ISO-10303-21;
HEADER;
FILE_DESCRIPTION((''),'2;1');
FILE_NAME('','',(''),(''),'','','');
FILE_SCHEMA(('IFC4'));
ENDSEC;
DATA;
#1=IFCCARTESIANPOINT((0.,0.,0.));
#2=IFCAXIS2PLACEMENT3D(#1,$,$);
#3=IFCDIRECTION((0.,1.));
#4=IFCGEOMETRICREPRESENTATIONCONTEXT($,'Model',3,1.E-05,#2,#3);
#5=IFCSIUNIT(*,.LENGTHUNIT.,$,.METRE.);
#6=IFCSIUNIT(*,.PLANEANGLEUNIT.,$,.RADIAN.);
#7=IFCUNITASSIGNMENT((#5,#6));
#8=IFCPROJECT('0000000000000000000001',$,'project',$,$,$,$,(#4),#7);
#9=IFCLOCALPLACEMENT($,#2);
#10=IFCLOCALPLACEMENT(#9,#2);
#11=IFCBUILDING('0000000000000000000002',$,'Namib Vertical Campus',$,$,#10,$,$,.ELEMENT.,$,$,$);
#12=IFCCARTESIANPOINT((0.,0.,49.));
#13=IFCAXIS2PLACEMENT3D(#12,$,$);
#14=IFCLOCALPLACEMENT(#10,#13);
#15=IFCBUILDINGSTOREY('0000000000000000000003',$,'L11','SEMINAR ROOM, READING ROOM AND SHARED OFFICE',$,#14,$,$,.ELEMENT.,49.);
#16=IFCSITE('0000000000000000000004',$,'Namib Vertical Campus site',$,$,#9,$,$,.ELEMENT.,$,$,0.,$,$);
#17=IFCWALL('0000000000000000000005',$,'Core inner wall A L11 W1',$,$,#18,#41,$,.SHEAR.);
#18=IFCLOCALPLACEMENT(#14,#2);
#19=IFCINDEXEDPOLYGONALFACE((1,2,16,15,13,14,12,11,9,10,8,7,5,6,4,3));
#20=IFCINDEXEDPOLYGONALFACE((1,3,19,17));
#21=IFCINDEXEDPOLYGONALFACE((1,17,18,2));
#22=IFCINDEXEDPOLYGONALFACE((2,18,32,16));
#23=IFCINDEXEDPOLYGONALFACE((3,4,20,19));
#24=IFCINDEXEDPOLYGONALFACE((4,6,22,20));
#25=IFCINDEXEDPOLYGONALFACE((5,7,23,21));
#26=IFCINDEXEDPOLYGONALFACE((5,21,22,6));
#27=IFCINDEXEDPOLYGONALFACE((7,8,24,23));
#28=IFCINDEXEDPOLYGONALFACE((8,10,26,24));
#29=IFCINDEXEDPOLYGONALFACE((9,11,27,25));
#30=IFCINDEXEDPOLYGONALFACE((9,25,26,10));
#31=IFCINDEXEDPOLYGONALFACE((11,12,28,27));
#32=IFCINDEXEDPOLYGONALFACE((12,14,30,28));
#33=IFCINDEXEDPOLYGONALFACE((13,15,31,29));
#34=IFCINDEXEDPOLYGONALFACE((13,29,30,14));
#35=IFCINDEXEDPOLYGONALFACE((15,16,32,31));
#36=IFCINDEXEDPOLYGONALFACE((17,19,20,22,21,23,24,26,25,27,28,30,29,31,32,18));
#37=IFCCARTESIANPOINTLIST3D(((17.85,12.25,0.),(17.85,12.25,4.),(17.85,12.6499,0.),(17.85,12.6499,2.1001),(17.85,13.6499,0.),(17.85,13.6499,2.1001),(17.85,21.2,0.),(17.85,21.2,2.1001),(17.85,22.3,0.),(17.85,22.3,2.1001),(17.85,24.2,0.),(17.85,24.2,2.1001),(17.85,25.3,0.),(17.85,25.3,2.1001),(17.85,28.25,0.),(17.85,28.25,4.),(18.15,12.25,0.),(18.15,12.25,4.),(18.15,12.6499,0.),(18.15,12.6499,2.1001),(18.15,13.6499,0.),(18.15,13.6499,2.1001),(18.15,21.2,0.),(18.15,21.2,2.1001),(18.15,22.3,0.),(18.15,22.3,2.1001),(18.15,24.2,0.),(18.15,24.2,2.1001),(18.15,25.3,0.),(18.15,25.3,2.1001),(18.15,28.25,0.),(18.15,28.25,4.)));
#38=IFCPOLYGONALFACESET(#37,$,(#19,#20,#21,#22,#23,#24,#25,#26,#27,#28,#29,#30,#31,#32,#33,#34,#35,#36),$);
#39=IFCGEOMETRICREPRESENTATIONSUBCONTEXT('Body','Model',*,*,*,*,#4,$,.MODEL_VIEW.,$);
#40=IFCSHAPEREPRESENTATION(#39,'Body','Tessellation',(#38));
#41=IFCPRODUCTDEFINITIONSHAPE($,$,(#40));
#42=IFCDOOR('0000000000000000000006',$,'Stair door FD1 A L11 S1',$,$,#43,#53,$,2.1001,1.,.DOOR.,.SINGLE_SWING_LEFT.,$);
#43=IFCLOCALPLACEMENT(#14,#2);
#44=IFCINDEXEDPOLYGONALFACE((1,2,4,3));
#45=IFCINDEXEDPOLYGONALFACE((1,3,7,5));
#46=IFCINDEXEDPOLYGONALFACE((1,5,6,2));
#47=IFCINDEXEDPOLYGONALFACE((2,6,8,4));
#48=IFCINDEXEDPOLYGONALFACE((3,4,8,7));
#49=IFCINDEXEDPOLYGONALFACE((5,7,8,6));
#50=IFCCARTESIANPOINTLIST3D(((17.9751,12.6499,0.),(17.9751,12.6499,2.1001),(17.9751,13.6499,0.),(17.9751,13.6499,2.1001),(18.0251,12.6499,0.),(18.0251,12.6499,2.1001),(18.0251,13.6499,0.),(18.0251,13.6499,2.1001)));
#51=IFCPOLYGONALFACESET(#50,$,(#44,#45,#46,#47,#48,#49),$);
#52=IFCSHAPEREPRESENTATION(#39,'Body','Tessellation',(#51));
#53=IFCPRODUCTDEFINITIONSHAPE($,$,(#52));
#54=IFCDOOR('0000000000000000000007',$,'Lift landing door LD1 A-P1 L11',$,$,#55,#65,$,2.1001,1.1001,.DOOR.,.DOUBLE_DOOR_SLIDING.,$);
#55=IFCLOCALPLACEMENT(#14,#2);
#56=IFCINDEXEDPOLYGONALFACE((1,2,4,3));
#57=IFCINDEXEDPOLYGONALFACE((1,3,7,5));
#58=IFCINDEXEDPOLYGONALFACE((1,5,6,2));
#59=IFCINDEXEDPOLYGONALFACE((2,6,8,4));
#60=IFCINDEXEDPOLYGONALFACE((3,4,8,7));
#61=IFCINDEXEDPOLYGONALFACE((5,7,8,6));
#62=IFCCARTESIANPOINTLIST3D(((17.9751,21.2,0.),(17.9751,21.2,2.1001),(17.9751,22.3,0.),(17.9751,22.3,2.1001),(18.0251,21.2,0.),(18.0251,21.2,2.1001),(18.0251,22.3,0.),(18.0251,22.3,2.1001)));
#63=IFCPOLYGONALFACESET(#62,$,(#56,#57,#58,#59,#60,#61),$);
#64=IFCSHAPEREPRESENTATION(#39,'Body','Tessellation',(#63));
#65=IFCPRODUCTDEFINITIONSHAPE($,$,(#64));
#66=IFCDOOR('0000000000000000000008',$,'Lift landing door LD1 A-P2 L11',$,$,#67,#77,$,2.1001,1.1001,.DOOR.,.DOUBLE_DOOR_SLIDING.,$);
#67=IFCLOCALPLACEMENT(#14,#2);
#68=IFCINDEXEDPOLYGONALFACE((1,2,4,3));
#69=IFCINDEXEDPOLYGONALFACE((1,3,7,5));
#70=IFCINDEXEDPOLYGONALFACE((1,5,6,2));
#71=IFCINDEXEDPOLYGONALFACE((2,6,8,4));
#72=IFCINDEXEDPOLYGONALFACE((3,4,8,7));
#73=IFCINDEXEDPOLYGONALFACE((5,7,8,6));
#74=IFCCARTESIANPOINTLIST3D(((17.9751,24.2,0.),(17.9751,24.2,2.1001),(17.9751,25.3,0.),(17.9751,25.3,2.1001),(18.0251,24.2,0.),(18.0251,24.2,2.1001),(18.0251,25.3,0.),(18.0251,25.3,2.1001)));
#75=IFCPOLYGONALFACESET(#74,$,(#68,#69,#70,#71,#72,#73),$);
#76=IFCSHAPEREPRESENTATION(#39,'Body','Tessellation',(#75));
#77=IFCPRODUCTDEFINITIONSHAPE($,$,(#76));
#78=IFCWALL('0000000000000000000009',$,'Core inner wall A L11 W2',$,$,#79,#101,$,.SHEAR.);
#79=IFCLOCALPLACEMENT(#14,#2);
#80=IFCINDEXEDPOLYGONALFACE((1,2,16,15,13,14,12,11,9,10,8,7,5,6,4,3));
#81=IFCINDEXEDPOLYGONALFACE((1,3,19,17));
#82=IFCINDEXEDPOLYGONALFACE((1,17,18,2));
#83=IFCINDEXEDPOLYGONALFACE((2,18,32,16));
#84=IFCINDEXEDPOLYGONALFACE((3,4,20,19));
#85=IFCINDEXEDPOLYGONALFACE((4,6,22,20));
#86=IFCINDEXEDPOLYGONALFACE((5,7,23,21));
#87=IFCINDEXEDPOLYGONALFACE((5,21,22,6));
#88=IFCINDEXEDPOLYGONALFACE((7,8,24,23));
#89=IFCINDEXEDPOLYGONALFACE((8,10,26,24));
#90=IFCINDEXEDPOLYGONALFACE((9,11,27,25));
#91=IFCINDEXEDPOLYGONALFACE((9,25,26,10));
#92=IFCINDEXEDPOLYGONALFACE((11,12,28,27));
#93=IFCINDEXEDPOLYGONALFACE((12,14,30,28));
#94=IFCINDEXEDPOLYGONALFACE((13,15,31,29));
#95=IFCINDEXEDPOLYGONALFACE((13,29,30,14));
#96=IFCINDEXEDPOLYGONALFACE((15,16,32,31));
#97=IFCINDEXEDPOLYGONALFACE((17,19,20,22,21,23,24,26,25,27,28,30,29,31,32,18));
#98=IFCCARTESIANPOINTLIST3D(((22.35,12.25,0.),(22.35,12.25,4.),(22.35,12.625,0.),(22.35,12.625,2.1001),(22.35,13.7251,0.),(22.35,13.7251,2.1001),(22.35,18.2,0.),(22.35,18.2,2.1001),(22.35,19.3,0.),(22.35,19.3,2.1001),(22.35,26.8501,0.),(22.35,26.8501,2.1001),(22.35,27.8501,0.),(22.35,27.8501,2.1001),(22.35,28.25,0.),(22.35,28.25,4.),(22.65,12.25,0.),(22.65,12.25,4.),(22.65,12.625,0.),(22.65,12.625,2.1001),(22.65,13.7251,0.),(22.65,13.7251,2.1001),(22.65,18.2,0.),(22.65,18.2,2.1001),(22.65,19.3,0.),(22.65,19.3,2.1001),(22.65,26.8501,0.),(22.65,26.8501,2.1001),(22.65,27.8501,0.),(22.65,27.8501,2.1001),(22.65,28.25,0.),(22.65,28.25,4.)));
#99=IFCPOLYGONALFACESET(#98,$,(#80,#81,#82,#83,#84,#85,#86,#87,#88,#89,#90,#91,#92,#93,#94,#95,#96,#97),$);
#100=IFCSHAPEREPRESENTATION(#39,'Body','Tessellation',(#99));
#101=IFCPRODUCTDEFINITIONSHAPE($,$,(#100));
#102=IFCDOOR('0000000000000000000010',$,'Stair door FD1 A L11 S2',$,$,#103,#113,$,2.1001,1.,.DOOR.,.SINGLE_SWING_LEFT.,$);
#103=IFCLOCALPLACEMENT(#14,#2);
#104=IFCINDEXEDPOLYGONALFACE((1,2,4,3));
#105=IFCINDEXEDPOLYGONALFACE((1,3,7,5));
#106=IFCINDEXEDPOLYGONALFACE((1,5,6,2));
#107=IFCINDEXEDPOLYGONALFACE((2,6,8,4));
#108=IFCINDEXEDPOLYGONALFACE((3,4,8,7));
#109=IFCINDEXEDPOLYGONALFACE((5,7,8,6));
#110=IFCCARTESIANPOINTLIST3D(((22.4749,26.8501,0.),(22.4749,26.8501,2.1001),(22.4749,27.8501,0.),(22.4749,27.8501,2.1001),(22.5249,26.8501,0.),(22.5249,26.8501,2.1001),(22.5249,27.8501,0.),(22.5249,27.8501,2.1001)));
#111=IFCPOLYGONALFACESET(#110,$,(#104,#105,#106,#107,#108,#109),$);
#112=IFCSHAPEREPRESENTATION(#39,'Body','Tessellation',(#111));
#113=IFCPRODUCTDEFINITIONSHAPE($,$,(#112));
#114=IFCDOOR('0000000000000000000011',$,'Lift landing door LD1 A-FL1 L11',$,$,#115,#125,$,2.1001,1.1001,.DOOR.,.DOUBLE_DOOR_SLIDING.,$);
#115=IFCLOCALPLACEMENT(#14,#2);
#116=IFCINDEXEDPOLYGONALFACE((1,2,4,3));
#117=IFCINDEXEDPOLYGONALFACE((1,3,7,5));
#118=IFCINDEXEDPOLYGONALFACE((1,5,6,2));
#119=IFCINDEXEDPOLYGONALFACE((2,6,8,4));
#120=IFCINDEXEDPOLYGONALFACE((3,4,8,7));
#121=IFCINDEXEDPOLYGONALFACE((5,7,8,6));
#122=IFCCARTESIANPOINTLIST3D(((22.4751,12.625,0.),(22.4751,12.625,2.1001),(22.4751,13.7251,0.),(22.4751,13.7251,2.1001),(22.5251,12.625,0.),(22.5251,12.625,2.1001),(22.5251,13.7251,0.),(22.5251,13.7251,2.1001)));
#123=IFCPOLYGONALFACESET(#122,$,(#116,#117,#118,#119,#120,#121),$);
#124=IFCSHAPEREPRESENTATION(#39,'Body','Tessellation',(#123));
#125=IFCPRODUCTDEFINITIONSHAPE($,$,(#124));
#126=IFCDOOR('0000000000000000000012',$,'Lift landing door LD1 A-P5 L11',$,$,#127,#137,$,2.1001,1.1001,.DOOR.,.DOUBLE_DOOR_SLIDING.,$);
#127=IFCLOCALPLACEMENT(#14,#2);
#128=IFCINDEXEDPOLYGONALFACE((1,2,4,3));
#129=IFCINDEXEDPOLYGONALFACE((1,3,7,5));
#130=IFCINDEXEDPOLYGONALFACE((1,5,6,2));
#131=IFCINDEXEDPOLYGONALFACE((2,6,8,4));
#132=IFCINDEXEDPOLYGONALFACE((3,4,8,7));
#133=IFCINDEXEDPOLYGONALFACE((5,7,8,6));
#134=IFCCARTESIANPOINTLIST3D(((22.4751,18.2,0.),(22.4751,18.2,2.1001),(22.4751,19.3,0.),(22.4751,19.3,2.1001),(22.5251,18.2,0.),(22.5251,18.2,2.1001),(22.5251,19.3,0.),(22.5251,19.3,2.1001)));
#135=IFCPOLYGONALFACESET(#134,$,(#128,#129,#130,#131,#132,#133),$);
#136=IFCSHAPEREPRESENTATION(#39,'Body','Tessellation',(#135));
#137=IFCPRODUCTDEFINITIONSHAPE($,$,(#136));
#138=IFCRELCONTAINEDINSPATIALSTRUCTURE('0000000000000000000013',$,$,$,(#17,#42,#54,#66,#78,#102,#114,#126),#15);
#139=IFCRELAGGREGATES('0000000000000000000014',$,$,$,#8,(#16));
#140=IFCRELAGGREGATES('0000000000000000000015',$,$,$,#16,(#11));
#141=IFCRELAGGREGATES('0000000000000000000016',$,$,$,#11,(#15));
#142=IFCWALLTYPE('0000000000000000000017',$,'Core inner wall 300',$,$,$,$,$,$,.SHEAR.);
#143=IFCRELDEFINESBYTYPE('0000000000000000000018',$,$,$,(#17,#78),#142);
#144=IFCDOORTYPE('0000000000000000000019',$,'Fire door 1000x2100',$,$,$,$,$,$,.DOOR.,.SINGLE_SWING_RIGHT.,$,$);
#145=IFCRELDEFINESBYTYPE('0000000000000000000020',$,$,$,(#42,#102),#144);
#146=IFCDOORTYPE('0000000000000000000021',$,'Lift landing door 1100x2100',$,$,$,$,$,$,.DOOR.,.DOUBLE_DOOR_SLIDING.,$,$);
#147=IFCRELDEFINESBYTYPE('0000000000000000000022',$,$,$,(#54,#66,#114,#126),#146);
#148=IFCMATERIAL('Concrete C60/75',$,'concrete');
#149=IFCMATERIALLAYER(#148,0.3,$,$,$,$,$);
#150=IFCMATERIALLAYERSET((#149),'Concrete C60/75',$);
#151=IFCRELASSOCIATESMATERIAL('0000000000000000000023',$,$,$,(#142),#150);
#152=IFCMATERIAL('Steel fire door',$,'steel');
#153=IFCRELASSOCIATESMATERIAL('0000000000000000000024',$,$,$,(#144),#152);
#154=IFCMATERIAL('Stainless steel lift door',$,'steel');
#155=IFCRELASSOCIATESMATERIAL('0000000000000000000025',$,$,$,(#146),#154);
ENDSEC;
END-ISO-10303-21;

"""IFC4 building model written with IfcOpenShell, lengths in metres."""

from ifc_helpers import new_model, si_unit, direction, frame, frame_2d, origin, place, context, subcontext, project, spatial, rectangle, extrude, material, layer, layer_set, type_object, element, fill, save


model = new_model("IFC4")

# Units and contexts
model_context = context("Model", 3, precision=1e-05, world=origin(), true_north=direction((0.0, 1.0)))
body_context = subcontext(model_context, "Body", "Model", "MODEL_VIEW")
ifc_project = project(units=[si_unit("LENGTHUNIT", "METRE"), si_unit("PLANEANGLEUNIT", "RADIAN")], contexts=[model_context])

# Site, building, storey
site_placement = place(None, origin())
site = spatial("IfcSite", under=ifc_project, at=site_placement, Name="Namib Vertical Campus site", CompositionType="ELEMENT", RefElevation=0.0)
building_placement = place(site_placement, origin())
building = spatial("IfcBuilding", under=site, at=building_placement, Name="Namib Vertical Campus", CompositionType="ELEMENT")
storey_placement = place(building_placement, frame((0.0, 0.0, 49.0)))
storey = spatial("IfcBuildingStorey", under=building, at=storey_placement, Name="L11", Description="SEMINAR ROOM, READING ROOM AND SHARED OFFICE", CompositionType="ELEMENT", Elevation=49.0)

# Walls, openings, doors
ifc_material_1 = material(Name="Concrete C60/75", Category="concrete")
ifc_layer_1 = layer(ifc_material_1, 0.3)
ifc_layer_set_1 = layer_set([ifc_layer_1], Name="Concrete C60/75")
wall_type_1 = type_object("IfcWallType", Name="Core inner wall 300", PredefinedType="SHEAR", material=ifc_layer_set_1)
wall_1_placement = place(storey_placement, frame((18.0, 12.25, 0.0), z_axis=(0.0, 0.0, 1.0), x_axis=(0.0, 1.0, 0.0)))
wall_1 = element("IfcWall", 1, at=wall_1_placement, inside=storey, type_object=wall_type_1, Name="Core inner wall A L11 W1", PredefinedType="SHEAR", context=body_context, shape_type="SweptSolid", body=[
    extrude(rectangle(XDim=16.0, YDim=0.3, at=frame_2d((8.0, 0.0))), origin(), (0.0, 0.0, 1.0), 4.0),
])
opening_1_placement = place(wall_1_placement, frame((0.3999, 0.0, 0.0)))
opening_1 = element("IfcOpeningElement", 2, at=opening_1_placement, cuts=wall_1, PredefinedType="OPENING", context=body_context, shape_type="SweptSolid", body=[
    extrude(rectangle(XDim=1.0, YDim=2.1001, at=frame_2d((0.5, 1.05))), frame((0.0, 0.1599, 0.0), z_axis=(0.0, -1.0, 0.0), x_axis=(1.0, 0.0, 0.0)), (0.0, 0.0, 1.0), 0.3201),
])
opening_2_placement = place(wall_1_placement, frame((8.95, 0.0, 0.0)))
opening_2 = element("IfcOpeningElement", 3, at=opening_2_placement, cuts=wall_1, PredefinedType="OPENING", context=body_context, shape_type="SweptSolid", body=[
    extrude(rectangle(XDim=1.1001, YDim=2.1001, at=frame_2d((0.55, 1.05))), frame((0.0, 0.1599, 0.0), z_axis=(0.0, -1.0, 0.0), x_axis=(1.0, 0.0, 0.0)), (0.0, 0.0, 1.0), 0.3201),
])
opening_3_placement = place(wall_1_placement, frame((11.95, 0.0, 0.0)))
opening_3 = element("IfcOpeningElement", 4, at=opening_3_placement, cuts=wall_1, PredefinedType="OPENING", context=body_context, shape_type="SweptSolid", body=[
    extrude(rectangle(XDim=1.1001, YDim=2.1001, at=frame_2d((0.55, 1.05))), frame((0.0, 0.1599, 0.0), z_axis=(0.0, -1.0, 0.0), x_axis=(1.0, 0.0, 0.0)), (0.0, 0.0, 1.0), 0.3201),
])
ifc_material_2 = material(Name="Steel fire door", Category="steel")
door_type_1 = type_object("IfcDoorType", Name="Fire door 1000x2100", OperationType="SINGLE_SWING_RIGHT", PredefinedType="DOOR", material=ifc_material_2)
door_1_placement = place(opening_1_placement, origin())
door_1 = element("IfcDoor", 5, at=door_1_placement, inside=storey, type_object=door_type_1, Name="Stair door FD1 A L11 S1", OperationType="SINGLE_SWING_LEFT", OverallHeight=2.1001, OverallWidth=1.0, PredefinedType="DOOR", context=body_context, shape_type="SweptSolid", body=[
    extrude(rectangle(XDim=1.0, YDim=2.1001, at=frame_2d((0.5, 1.05))), frame((0.0, 0.0249, 0.0), z_axis=(0.0, -1.0, 0.0), x_axis=(1.0, 0.0, 0.0)), (0.0, 0.0, 1.0), 0.05),
])
fill(opening_1, door_1)
ifc_material_3 = material(Name="Stainless steel lift door", Category="steel")
door_type_2 = type_object("IfcDoorType", Name="Lift landing door 1100x2100", OperationType="DOUBLE_DOOR_SLIDING", PredefinedType="DOOR", material=ifc_material_3)
door_2_placement = place(opening_2_placement, origin())
door_2 = element("IfcDoor", 6, at=door_2_placement, inside=storey, type_object=door_type_2, Name="Lift landing door LD1 A-P1 L11", OperationType="DOUBLE_DOOR_SLIDING", OverallHeight=2.1001, OverallWidth=1.1001, PredefinedType="DOOR", context=body_context, shape_type="SweptSolid", body=[
    extrude(rectangle(XDim=1.1001, YDim=2.1001, at=frame_2d((0.55, 1.05))), frame((0.0, 0.0249, 0.0), z_axis=(0.0, -1.0, 0.0), x_axis=(1.0, 0.0, 0.0)), (0.0, 0.0, 1.0), 0.05),
])
fill(opening_2, door_2)
door_3_placement = place(opening_3_placement, origin())
door_3 = element("IfcDoor", 7, at=door_3_placement, inside=storey, type_object=door_type_2, Name="Lift landing door LD1 A-P2 L11", OperationType="DOUBLE_DOOR_SLIDING", OverallHeight=2.1001, OverallWidth=1.1001, PredefinedType="DOOR", context=body_context, shape_type="SweptSolid", body=[
    extrude(rectangle(XDim=1.1001, YDim=2.1001, at=frame_2d((0.55, 1.05))), frame((0.0, 0.0249, 0.0), z_axis=(0.0, -1.0, 0.0), x_axis=(1.0, 0.0, 0.0)), (0.0, 0.0, 1.0), 0.05),
])
fill(opening_3, door_3)
wall_2_placement = place(storey_placement, frame((22.5, 12.25, 0.0), z_axis=(0.0, 0.0, 1.0), x_axis=(0.0, 1.0, 0.0)))
wall_2 = element("IfcWall", 8, at=wall_2_placement, inside=storey, type_object=wall_type_1, Name="Core inner wall A L11 W2", PredefinedType="SHEAR", context=body_context, shape_type="SweptSolid", body=[
    extrude(rectangle(XDim=16.0, YDim=0.3, at=frame_2d((8.0, 0.0))), origin(), (0.0, 0.0, 1.0), 4.0),
])
opening_4_placement = place(wall_2_placement, frame((14.6001, 0.0, 0.0)))
opening_4 = element("IfcOpeningElement", 9, at=opening_4_placement, cuts=wall_2, PredefinedType="OPENING", context=body_context, shape_type="SweptSolid", body=[
    extrude(rectangle(XDim=1.0, YDim=2.1001, at=frame_2d((0.5, 1.05))), frame((0.0, 0.1599, 0.0), z_axis=(0.0, -1.0, 0.0), x_axis=(1.0, 0.0, 0.0)), (0.0, 0.0, 1.0), 0.3201),
])
opening_5_placement = place(wall_2_placement, frame((0.375, 0.0, 0.0)))
opening_5 = element("IfcOpeningElement", 10, at=opening_5_placement, cuts=wall_2, PredefinedType="OPENING", context=body_context, shape_type="SweptSolid", body=[
    extrude(rectangle(XDim=1.1001, YDim=2.1001, at=frame_2d((0.55, 1.05))), frame((0.0, 0.1599, 0.0), z_axis=(0.0, -1.0, 0.0), x_axis=(1.0, 0.0, 0.0)), (0.0, 0.0, 1.0), 0.3201),
])
opening_6_placement = place(wall_2_placement, frame((5.95, 0.0, 0.0)))
opening_6 = element("IfcOpeningElement", 11, at=opening_6_placement, cuts=wall_2, PredefinedType="OPENING", context=body_context, shape_type="SweptSolid", body=[
    extrude(rectangle(XDim=1.1001, YDim=2.1001, at=frame_2d((0.55, 1.05))), frame((0.0, 0.1599, 0.0), z_axis=(0.0, -1.0, 0.0), x_axis=(1.0, 0.0, 0.0)), (0.0, 0.0, 1.0), 0.3201),
])
door_4_placement = place(opening_4_placement, frame((1.0, 0.0, 0.0), z_axis=(0.0, 0.0, 1.0), x_axis=(-1.0, 0.0, 0.0)))
door_4 = element("IfcDoor", 12, at=door_4_placement, inside=storey, type_object=door_type_1, Name="Stair door FD1 A L11 S2", OperationType="SINGLE_SWING_LEFT", OverallHeight=2.1001, OverallWidth=1.0, PredefinedType="DOOR", context=body_context, shape_type="SweptSolid", body=[
    extrude(rectangle(XDim=1.0, YDim=2.1001, at=frame_2d((0.5, 1.05))), frame((0.0, 0.0249, 0.0), z_axis=(0.0, -1.0, 0.0), x_axis=(1.0, 0.0, 0.0)), (0.0, 0.0, 1.0), 0.05),
])
fill(opening_4, door_4)
door_5_placement = place(opening_5_placement, origin())
door_5 = element("IfcDoor", 13, at=door_5_placement, inside=storey, type_object=door_type_2, Name="Lift landing door LD1 A-FL1 L11", OperationType="DOUBLE_DOOR_SLIDING", OverallHeight=2.1001, OverallWidth=1.1001, PredefinedType="DOOR", context=body_context, shape_type="SweptSolid", body=[
    extrude(rectangle(XDim=1.1001, YDim=2.1001, at=frame_2d((0.55, 1.05))), frame((0.0, 0.0249, 0.0), z_axis=(0.0, -1.0, 0.0), x_axis=(1.0, 0.0, 0.0)), (0.0, 0.0, 1.0), 0.05),
])
fill(opening_5, door_5)
door_6_placement = place(opening_6_placement, origin())
door_6 = element("IfcDoor", 14, at=door_6_placement, inside=storey, type_object=door_type_2, Name="Lift landing door LD1 A-P5 L11", OperationType="DOUBLE_DOOR_SLIDING", OverallHeight=2.1001, OverallWidth=1.1001, PredefinedType="DOOR", context=body_context, shape_type="SweptSolid", body=[
    extrude(rectangle(XDim=1.1001, YDim=2.1001, at=frame_2d((0.55, 1.05))), frame((0.0, 0.0249, 0.0), z_axis=(0.0, -1.0, 0.0), x_axis=(1.0, 0.0, 0.0)), (0.0, 0.0, 1.0), 0.05),
])
fill(opening_6, door_6)

save(model, "model.ifc")
